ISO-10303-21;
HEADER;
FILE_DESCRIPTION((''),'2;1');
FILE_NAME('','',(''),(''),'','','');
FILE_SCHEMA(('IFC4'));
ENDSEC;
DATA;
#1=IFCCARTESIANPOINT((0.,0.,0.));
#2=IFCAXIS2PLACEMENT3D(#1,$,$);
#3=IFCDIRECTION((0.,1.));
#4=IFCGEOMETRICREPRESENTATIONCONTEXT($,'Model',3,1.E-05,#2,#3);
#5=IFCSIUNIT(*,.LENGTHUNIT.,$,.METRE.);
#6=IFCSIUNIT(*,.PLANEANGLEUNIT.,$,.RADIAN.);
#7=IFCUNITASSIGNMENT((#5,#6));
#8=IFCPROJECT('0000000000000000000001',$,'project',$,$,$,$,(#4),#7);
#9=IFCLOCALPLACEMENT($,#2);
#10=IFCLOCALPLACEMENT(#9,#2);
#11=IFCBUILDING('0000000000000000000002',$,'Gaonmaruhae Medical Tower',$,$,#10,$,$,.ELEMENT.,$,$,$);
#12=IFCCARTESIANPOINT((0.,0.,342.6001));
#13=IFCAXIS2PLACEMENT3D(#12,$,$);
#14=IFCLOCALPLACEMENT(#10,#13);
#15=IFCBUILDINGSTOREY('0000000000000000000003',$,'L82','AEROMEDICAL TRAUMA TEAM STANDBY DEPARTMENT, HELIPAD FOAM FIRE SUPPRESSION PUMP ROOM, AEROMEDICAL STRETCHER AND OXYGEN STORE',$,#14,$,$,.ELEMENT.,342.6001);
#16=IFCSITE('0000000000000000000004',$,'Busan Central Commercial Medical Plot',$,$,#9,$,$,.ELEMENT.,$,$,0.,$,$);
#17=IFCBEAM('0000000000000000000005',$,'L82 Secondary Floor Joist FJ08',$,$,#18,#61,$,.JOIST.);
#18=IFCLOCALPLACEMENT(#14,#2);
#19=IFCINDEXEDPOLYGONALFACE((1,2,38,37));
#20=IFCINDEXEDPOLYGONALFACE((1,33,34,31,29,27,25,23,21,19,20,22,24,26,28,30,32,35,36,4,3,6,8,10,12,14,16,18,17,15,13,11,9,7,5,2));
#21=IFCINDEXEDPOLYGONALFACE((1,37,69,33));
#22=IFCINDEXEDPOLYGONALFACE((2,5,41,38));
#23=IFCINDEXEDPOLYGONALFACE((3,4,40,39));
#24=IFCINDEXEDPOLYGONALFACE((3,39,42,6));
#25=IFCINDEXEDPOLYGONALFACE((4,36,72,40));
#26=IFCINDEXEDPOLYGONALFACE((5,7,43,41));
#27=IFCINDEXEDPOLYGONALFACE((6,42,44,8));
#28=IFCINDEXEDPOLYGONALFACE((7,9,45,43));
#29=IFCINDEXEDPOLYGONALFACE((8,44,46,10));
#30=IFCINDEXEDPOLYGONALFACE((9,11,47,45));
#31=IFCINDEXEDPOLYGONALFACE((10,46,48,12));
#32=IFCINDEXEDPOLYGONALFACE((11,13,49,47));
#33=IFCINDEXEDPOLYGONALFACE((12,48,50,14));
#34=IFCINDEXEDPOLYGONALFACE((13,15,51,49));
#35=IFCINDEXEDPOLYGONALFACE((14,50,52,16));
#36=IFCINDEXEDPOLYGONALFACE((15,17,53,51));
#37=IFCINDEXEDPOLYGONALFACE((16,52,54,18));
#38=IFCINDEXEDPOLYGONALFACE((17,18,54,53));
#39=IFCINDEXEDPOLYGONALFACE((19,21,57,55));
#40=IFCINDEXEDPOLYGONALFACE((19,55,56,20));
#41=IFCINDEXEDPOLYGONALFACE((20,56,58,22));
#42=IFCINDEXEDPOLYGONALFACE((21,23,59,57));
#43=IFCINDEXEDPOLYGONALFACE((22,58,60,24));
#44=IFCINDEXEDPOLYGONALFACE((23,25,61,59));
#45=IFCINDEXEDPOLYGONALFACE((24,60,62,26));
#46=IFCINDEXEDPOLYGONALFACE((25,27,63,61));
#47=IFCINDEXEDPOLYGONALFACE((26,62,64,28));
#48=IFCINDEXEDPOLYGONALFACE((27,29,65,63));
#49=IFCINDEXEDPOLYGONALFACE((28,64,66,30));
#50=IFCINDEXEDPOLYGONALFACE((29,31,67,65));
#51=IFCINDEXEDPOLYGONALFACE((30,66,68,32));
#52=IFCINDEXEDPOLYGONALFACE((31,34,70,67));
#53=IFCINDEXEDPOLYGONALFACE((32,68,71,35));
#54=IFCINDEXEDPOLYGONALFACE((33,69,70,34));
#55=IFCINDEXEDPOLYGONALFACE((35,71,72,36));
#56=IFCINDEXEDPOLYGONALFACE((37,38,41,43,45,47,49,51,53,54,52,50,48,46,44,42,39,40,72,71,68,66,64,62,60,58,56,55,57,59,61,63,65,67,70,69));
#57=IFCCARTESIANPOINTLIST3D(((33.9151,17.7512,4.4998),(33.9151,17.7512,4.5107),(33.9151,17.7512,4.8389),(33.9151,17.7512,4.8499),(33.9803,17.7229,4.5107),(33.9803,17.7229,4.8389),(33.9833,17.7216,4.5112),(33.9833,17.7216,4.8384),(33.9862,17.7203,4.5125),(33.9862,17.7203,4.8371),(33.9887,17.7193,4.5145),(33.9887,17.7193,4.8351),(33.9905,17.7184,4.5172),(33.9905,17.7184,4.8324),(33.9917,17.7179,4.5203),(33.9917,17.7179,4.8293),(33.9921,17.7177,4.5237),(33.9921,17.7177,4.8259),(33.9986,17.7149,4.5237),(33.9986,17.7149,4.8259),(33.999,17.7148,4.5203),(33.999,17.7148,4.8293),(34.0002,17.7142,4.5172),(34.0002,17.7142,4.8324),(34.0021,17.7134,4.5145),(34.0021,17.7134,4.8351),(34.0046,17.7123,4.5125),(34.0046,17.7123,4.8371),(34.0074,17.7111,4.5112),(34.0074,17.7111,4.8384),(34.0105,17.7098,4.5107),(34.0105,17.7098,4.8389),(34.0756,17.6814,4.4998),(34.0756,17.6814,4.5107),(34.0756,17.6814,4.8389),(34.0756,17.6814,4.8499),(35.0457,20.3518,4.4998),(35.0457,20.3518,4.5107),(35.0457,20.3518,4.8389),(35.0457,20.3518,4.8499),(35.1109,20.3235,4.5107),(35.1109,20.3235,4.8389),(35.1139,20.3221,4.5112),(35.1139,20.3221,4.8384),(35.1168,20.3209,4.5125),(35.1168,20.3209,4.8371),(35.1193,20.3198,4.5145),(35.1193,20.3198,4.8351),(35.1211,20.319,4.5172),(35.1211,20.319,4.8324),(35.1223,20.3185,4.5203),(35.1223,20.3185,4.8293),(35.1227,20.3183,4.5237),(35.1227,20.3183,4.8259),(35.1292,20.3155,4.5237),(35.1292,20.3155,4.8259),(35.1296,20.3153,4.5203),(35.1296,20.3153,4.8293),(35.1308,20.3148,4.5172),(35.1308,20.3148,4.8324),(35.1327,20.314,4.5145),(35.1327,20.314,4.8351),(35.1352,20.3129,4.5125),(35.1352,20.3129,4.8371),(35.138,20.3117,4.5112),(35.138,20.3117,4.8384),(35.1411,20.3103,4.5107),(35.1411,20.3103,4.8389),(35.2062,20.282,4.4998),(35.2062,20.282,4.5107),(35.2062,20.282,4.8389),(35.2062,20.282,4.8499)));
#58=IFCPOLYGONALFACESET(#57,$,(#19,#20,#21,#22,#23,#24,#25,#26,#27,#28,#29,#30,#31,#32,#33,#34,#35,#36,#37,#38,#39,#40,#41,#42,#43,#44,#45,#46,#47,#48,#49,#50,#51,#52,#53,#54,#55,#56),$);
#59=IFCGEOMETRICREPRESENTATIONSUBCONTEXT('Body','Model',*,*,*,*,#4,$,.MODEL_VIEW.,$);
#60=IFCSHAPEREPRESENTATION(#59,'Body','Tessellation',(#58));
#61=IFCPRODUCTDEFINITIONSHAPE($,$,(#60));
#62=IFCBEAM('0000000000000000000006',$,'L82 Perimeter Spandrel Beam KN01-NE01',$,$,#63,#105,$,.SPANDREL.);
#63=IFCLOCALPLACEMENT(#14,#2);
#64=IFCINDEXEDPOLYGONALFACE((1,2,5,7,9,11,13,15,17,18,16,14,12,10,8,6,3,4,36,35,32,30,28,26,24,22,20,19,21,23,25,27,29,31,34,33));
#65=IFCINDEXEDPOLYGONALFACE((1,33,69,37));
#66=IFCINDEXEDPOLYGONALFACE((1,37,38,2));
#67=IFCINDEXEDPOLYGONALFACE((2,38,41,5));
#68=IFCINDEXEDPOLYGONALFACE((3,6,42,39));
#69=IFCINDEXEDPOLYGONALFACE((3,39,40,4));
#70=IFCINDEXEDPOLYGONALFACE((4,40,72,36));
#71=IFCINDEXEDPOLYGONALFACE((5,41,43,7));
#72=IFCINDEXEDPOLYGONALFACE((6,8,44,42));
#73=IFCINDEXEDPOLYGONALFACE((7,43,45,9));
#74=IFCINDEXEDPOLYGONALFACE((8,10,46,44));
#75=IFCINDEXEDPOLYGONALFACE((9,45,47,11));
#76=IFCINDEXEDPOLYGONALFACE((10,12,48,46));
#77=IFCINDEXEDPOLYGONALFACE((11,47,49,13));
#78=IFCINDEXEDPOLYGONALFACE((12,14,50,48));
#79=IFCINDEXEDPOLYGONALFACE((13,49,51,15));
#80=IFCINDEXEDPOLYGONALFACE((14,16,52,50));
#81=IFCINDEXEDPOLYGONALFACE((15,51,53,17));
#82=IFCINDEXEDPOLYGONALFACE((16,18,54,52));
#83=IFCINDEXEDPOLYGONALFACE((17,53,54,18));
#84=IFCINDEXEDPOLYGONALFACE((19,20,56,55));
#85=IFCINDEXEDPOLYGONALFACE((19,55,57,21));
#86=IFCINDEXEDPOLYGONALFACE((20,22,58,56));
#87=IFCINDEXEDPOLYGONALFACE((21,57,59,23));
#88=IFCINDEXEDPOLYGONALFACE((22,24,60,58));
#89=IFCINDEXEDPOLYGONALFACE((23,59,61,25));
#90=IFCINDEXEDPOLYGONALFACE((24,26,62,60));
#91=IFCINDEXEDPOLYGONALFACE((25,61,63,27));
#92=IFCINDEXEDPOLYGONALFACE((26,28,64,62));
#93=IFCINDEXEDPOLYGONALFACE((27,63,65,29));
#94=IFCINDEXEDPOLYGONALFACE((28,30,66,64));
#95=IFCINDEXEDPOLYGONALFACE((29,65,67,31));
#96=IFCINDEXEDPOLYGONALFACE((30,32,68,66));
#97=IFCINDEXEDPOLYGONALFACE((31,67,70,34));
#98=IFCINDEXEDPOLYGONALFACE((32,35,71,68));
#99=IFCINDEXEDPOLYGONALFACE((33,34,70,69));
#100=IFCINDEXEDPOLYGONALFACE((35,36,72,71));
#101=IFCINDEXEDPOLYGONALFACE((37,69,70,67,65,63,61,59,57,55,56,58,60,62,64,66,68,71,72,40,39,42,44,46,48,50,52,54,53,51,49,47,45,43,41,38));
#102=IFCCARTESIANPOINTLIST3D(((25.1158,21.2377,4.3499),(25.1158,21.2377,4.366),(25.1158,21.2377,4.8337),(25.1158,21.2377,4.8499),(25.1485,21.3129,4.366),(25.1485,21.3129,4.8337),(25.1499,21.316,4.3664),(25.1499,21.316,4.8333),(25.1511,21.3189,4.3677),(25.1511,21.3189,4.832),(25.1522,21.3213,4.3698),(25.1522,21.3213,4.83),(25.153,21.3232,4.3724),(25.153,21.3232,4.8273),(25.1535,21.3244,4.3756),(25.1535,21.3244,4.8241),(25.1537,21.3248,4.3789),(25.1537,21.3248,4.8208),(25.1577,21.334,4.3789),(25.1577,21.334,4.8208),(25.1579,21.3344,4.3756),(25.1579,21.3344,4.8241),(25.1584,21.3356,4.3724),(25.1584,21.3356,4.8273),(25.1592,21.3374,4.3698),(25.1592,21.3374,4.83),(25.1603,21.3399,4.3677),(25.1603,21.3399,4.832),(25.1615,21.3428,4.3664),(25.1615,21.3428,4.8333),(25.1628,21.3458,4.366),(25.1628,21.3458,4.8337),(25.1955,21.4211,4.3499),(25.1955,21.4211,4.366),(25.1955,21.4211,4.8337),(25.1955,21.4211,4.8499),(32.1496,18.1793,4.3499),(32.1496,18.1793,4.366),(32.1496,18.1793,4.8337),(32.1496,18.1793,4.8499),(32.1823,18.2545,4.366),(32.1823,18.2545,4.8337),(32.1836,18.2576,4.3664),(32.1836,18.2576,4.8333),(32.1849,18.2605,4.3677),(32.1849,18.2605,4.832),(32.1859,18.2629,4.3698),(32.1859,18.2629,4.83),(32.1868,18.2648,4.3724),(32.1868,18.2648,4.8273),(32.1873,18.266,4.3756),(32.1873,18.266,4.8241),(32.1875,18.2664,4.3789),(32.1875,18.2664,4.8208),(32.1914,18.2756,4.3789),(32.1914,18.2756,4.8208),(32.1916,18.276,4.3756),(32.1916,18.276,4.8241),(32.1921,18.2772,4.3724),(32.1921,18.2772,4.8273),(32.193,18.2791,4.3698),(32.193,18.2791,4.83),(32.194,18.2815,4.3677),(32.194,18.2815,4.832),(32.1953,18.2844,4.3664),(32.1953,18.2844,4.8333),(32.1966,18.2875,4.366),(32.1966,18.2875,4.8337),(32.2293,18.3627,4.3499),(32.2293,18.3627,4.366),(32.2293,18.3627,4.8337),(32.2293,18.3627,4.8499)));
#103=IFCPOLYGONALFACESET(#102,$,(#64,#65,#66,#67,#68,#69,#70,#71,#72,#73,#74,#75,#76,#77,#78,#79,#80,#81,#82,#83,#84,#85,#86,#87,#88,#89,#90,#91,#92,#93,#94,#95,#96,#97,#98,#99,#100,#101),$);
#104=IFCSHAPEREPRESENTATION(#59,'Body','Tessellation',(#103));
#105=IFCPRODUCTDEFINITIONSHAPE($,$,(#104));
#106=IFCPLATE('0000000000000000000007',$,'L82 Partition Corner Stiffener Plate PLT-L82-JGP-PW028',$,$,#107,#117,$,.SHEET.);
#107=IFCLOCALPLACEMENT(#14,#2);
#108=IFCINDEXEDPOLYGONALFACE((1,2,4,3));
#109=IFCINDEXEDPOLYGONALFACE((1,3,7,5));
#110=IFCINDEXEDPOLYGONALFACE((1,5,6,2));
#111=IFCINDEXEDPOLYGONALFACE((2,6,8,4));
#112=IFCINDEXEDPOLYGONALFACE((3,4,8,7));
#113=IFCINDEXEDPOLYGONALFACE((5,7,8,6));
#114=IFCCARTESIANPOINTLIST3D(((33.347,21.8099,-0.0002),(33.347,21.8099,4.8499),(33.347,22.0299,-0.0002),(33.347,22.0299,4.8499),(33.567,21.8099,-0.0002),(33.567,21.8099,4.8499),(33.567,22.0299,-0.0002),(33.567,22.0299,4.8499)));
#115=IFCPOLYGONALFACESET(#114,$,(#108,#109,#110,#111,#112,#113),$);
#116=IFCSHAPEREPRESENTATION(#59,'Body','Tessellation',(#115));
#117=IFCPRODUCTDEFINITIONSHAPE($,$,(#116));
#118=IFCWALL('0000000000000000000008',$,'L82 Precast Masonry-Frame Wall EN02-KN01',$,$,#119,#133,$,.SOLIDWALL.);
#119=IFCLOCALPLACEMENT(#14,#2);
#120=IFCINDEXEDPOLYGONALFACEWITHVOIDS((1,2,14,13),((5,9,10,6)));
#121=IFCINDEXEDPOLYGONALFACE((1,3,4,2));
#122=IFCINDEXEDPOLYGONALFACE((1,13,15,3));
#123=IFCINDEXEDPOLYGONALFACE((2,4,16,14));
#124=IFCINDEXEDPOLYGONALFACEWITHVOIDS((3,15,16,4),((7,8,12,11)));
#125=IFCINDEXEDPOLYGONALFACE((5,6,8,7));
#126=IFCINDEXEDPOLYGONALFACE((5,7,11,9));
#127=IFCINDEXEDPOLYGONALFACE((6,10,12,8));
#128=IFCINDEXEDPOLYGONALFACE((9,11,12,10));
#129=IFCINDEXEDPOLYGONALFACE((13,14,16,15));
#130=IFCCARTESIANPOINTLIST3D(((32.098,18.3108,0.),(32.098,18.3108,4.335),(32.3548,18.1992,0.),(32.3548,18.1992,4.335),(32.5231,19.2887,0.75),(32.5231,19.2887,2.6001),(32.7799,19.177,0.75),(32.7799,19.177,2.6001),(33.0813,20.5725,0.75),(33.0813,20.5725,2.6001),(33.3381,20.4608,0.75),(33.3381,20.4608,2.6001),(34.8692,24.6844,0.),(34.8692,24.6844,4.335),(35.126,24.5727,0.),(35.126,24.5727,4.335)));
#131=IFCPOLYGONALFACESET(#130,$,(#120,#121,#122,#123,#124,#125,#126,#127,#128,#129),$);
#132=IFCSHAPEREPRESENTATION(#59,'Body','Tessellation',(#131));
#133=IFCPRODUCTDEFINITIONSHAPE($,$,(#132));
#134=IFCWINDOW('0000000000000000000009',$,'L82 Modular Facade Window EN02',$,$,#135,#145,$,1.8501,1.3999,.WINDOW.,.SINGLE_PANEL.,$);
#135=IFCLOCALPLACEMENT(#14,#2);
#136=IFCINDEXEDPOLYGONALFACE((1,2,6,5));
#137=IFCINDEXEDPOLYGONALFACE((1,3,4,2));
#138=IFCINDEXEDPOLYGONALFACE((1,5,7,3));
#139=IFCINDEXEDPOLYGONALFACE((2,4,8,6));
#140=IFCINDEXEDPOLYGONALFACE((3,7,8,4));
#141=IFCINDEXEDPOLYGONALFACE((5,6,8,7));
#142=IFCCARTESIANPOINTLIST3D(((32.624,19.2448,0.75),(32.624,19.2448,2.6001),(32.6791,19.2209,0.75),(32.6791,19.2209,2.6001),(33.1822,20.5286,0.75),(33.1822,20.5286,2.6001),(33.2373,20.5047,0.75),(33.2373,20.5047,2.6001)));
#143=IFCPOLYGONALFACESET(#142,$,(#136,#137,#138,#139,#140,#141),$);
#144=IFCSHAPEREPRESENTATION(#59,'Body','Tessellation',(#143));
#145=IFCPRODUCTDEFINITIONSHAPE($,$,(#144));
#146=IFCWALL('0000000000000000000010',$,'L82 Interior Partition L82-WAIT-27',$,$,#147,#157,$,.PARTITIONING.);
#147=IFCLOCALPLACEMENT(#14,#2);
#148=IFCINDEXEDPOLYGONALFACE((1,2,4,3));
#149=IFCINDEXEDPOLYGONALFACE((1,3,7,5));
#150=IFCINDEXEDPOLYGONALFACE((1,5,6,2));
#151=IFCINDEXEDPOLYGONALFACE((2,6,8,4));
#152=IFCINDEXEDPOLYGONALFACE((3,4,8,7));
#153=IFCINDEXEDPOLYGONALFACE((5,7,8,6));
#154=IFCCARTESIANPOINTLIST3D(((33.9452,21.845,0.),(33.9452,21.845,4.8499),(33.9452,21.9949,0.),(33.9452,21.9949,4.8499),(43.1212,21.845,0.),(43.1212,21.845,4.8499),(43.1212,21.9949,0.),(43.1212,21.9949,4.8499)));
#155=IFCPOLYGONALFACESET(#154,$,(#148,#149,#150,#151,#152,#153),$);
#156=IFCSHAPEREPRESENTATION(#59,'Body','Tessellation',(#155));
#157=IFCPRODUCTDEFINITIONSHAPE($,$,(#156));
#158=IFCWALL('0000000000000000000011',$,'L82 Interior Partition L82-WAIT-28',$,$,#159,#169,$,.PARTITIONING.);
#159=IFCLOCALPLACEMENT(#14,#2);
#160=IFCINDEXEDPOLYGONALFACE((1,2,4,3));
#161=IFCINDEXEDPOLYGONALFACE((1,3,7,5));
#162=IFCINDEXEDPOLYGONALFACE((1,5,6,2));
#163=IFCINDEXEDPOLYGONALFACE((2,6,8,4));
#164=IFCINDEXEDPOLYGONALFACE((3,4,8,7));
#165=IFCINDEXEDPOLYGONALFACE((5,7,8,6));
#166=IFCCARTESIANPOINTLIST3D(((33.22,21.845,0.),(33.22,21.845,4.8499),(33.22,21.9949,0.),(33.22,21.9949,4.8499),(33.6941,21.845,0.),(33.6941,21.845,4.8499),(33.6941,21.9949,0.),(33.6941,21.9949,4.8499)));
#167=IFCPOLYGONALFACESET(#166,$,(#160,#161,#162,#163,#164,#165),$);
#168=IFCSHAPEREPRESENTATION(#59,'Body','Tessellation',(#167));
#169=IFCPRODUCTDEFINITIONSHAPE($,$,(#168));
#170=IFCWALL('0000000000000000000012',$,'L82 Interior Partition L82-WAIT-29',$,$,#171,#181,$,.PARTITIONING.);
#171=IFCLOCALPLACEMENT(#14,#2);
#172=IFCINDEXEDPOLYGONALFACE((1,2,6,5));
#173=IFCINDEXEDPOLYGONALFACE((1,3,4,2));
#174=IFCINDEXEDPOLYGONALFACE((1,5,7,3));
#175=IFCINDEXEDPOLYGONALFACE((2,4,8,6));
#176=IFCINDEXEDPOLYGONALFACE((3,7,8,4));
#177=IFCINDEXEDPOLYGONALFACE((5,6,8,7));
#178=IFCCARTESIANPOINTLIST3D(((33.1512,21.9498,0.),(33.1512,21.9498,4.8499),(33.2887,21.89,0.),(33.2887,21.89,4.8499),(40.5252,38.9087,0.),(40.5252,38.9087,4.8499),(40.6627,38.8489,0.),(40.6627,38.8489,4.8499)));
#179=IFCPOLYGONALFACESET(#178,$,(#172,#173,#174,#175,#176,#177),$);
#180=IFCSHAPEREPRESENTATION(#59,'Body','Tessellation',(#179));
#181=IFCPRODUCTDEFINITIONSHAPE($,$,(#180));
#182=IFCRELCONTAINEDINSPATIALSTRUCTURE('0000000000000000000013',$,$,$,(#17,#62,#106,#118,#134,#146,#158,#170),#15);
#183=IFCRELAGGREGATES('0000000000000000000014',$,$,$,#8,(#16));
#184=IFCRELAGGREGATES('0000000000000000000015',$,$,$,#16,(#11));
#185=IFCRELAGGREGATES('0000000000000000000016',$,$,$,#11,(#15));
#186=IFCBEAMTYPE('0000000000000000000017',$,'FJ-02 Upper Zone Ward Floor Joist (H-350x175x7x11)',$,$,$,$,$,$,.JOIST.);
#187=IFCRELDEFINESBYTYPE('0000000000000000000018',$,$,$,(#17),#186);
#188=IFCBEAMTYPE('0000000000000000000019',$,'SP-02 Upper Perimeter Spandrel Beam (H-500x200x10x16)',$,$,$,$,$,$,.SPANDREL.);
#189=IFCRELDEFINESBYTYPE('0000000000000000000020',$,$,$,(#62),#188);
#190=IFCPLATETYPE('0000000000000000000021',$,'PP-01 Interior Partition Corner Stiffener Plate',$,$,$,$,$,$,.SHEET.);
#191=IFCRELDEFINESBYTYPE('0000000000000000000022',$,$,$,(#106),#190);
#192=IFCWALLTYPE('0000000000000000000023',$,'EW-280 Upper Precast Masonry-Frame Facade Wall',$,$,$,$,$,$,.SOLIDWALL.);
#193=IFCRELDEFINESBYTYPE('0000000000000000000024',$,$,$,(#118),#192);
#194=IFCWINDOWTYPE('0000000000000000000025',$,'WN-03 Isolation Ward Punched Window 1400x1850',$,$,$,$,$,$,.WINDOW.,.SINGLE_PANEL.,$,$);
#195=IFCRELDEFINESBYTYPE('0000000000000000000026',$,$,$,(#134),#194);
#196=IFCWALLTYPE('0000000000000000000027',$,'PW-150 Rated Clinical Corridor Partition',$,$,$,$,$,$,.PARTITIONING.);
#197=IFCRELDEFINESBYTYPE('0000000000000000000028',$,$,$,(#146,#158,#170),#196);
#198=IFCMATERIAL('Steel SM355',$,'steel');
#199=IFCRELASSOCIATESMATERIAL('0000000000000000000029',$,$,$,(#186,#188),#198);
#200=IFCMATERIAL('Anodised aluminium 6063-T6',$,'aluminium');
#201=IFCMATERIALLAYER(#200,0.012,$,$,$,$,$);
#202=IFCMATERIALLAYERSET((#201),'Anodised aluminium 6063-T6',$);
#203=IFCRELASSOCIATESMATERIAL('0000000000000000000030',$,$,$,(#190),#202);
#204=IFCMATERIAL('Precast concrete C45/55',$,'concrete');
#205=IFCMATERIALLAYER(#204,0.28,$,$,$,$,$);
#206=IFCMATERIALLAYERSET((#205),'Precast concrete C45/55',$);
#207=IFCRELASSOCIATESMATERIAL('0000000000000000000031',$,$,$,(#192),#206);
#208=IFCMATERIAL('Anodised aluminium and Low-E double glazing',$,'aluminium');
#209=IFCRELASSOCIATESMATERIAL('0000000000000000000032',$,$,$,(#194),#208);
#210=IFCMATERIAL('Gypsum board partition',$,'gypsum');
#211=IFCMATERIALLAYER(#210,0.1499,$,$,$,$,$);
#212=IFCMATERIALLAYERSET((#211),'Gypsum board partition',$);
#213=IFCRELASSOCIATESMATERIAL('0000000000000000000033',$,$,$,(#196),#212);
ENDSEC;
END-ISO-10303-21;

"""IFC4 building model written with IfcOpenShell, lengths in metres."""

from ifc_helpers import new_model, si_unit, direction, frame, frame_2d, origin, origin_2d, place, context, subcontext, project, spatial, rectangle, i_section, extrude, material, layer, layer_set, material_profile, profile_set, type_object, element, fill, save


model = new_model("IFC4")

# Units and contexts
model_context = context("Model", 3, precision=1e-05, world=origin(), true_north=direction((0.0, 1.0)))
body_context = subcontext(model_context, "Body", "Model", "MODEL_VIEW")
ifc_project = project(units=[si_unit("LENGTHUNIT", "METRE"), si_unit("PLANEANGLEUNIT", "RADIAN")], contexts=[model_context])

# Site, building, storey
site_placement = place(None, origin())
site = spatial("IfcSite", under=ifc_project, at=site_placement, Name="Busan Central Commercial Medical Plot", CompositionType="ELEMENT", RefElevation=0.0)
building_placement = place(site_placement, origin())
building = spatial("IfcBuilding", under=site, at=building_placement, Name="Gaonmaruhae Medical Tower", CompositionType="ELEMENT")
storey_placement = place(building_placement, frame((0.0, 0.0, 342.6001)))
storey = spatial("IfcBuildingStorey", under=building, at=storey_placement, Name="L82", Description="AEROMEDICAL TRAUMA TEAM STANDBY DEPARTMENT, HELIPAD FOAM FIRE SUPPRESSION PUMP ROOM, AEROMEDICAL STRETCHER AND OXYGEN STORE", CompositionType="ELEMENT", Elevation=342.6001)

# Beams
ifc_material_1 = material(Name="Steel SM355", Category="steel")
ifc_material_profile_1 = material_profile(ifc_material_1, i_section(OverallWidth=0.175, OverallDepth=0.3501, WebThickness=0.0071, FlangeThickness=0.011, FilletRadius=0.0129, at=origin_2d()), Name="H-350x175x7x11")
ifc_profile_set_1 = profile_set([ifc_material_profile_1], Name="Steel SM355")
beam_type_1 = type_object("IfcBeamType", Name="FJ-02 Upper Zone Ward Floor Joist (H-350x175x7x11)", PredefinedType="JOIST", material=ifc_profile_set_1)
beam_1_placement = place(storey_placement, frame((35.126, 20.3169, 4.6748), z_axis=(-0.398704, -0.91708, 0.0), x_axis=(0.91708, -0.398704, 0.0)))
element("IfcBeam", 1, at=beam_1_placement, inside=storey, type_object=beam_type_1, Name="L82 Secondary Floor Joist FJ08", PredefinedType="JOIST", context=body_context, shape_type="SweptSolid", body=[
    extrude(i_section(OverallWidth=0.175, OverallDepth=0.3501, WebThickness=0.0071, FlangeThickness=0.011, FilletRadius=0.0129, at=origin_2d()), origin(), (0.0, 0.0, 1.0), 2.8357),
])
ifc_material_profile_2 = material_profile(ifc_material_1, i_section(OverallWidth=0.2, OverallDepth=0.5, WebThickness=0.01, FlangeThickness=0.0161, FilletRadius=0.0129, at=origin_2d()), Name="H-500x200x10x16")
ifc_profile_set_2 = profile_set([ifc_material_profile_2], Name="Steel SM355")
beam_type_2 = type_object("IfcBeamType", Name="SP-02 Upper Perimeter Spandrel Beam (H-500x200x10x16)", PredefinedType="SPANDREL", material=ifc_profile_set_2)
beam_2_placement = place(storey_placement, frame((32.1895, 18.271, 4.5999), z_axis=(-0.917059, 0.398751, 0.0), x_axis=(-0.398751, -0.917059, 0.0)))
element("IfcBeam", 2, at=beam_2_placement, inside=storey, type_object=beam_type_2, Name="L82 Perimeter Spandrel Beam KN01-NE01", PredefinedType="SPANDREL", context=body_context, shape_type="SweptSolid", body=[
    extrude(i_section(OverallWidth=0.2, OverallDepth=0.5, WebThickness=0.01, FlangeThickness=0.0161, FilletRadius=0.0129, at=origin_2d()), origin(), (0.0, 0.0, 1.0), 7.6699),
])

# Plate
ifc_material_2 = material(Name="Anodised aluminium 6063-T6", Category="aluminium")
ifc_layer_1 = layer(ifc_material_2, 0.012)
ifc_layer_set_1 = layer_set([ifc_layer_1], Name="Anodised aluminium 6063-T6")
plate_type = type_object("IfcPlateType", Name="PP-01 Interior Partition Corner Stiffener Plate", PredefinedType="SHEET", material=ifc_layer_set_1)
plate_placement = place(storey_placement, frame((33.457, 21.9199, -0.0002), z_axis=(0.0, 0.0, 1.0), x_axis=(-1.0, 0.0, 0.0)))
element("IfcPlate", 3, at=plate_placement, inside=storey, type_object=plate_type, Name="L82 Partition Corner Stiffener Plate PLT-L82-JGP-PW028", PredefinedType="SHEET", context=body_context, shape_type="SweptSolid", body=[
    extrude(rectangle(XDim=0.22, YDim=0.22, at=origin_2d()), origin(), (0.0, 0.0, 1.0), 4.8501),
])

# Wall, opening, window
ifc_material_3 = material(Name="Precast concrete C45/55", Category="concrete")
ifc_layer_2 = layer(ifc_material_3, 0.28)
ifc_layer_set_2 = layer_set([ifc_layer_2], Name="Precast concrete C45/55")
wall_type_1 = type_object("IfcWallType", Name="EW-280 Upper Precast Masonry-Frame Facade Wall", PredefinedType="SOLIDWALL", material=ifc_layer_set_2)
wall_1_placement = place(storey_placement, frame((32.2263, 18.2549, 0.0), z_axis=(0.0, 0.0, 1.0), x_axis=(0.398743, 0.917063, 0.0)))
wall_1 = element("IfcWall", 4, at=wall_1_placement, inside=storey, type_object=wall_type_1, Name="L82 Precast Masonry-Frame Wall EN02-KN01", PredefinedType="SOLIDWALL", context=body_context, shape_type="SweptSolid", body=[
    extrude(rectangle(XDim=6.95, YDim=0.28, at=frame_2d((3.4751, 0.0))), origin(), (0.0, 0.0, 1.0), 4.335),
])
opening_1_placement = place(wall_1_placement, frame((1.0664, 0.0, 0.75)))
opening_1 = element("IfcOpeningElement", 5, at=opening_1_placement, cuts=wall_1, PredefinedType="OPENING", context=body_context, shape_type="SweptSolid", body=[
    extrude(rectangle(XDim=1.3999, YDim=1.8501, at=frame_2d((0.7, 0.925))), frame((0.0, 0.1499, 0.0), z_axis=(0.0, -1.0, 0.0), x_axis=(1.0, 0.0, 0.0)), (0.0, 0.0, 1.0), 0.3),
])
ifc_material_4 = material(Name="Anodised aluminium and Low-E double glazing", Category="aluminium")
window_type = type_object("IfcWindowType", Name="WN-03 Isolation Ward Punched Window 1400x1850", PartitioningType="SINGLE_PANEL", PredefinedType="WINDOW", material=ifc_material_4)
window_placement = place(opening_1_placement, origin())
window = element("IfcWindow", 6, at=window_placement, inside=storey, type_object=window_type, Name="L82 Modular Facade Window EN02", OverallHeight=1.8501, OverallWidth=1.3999, PartitioningType="SINGLE_PANEL", PredefinedType="WINDOW", context=body_context, shape_type="SweptSolid", body=[
    extrude(rectangle(XDim=1.3999, YDim=1.8501, at=frame_2d((0.7, 0.925))), frame((0.0, 0.03, 0.0), z_axis=(0.0, -1.0, 0.0), x_axis=(1.0, 0.0, 0.0)), (0.0, 0.0, 1.0), 0.0601),
])
fill(opening_1, window)

# Walls
ifc_material_5 = material(Name="Gypsum board partition", Category="gypsum")
ifc_layer_3 = layer(ifc_material_5, 0.1499)
ifc_layer_set_3 = layer_set([ifc_layer_3], Name="Gypsum board partition")
wall_type_2 = type_object("IfcWallType", Name="PW-150 Rated Clinical Corridor Partition", PredefinedType="PARTITIONING", material=ifc_layer_set_3)
wall_2_placement = place(storey_placement, frame((43.1211, 21.9199, 0.0), z_axis=(0.0, 0.0, 1.0), x_axis=(-1.0, 0.0, 0.0)))
element("IfcWall", 7, at=wall_2_placement, inside=storey, type_object=wall_type_2, Name="L82 Interior Partition L82-WAIT-27", PredefinedType="PARTITIONING", context=body_context, shape_type="SweptSolid", body=[
    extrude(rectangle(XDim=9.176, YDim=0.1499, at=frame_2d((4.5879, 0.0))), origin(), (0.0, 0.0, 1.0), 4.8499),
])
wall_3_placement = place(storey_placement, frame((33.6941, 21.9199, 0.0), z_axis=(0.0, 0.0, 1.0), x_axis=(-1.0, 0.0, 0.0)))
element("IfcWall", 8, at=wall_3_placement, inside=storey, type_object=wall_type_2, Name="L82 Interior Partition L82-WAIT-28", PredefinedType="PARTITIONING", context=body_context, shape_type="SweptSolid", body=[
    extrude(rectangle(XDim=0.4741, YDim=0.1499, at=frame_2d((0.2371, 0.0))), origin(), (0.0, 0.0, 1.0), 4.8499),
])
wall_4_placement = place(storey_placement, frame((33.22, 21.9199, 0.0), z_axis=(0.0, 0.0, 1.0), x_axis=(0.398751, 0.917059, 0.0)))
element("IfcWall", 9, at=wall_4_placement, inside=storey, type_object=wall_type_2, Name="L82 Interior Partition L82-WAIT-29", PredefinedType="PARTITIONING", context=body_context, shape_type="SweptSolid", body=[
    extrude(rectangle(XDim=18.4927, YDim=0.1499, at=frame_2d((9.2463, 0.0))), origin(), (0.0, 0.0, 1.0), 4.8499),
])

save(model, "model.ifc")
